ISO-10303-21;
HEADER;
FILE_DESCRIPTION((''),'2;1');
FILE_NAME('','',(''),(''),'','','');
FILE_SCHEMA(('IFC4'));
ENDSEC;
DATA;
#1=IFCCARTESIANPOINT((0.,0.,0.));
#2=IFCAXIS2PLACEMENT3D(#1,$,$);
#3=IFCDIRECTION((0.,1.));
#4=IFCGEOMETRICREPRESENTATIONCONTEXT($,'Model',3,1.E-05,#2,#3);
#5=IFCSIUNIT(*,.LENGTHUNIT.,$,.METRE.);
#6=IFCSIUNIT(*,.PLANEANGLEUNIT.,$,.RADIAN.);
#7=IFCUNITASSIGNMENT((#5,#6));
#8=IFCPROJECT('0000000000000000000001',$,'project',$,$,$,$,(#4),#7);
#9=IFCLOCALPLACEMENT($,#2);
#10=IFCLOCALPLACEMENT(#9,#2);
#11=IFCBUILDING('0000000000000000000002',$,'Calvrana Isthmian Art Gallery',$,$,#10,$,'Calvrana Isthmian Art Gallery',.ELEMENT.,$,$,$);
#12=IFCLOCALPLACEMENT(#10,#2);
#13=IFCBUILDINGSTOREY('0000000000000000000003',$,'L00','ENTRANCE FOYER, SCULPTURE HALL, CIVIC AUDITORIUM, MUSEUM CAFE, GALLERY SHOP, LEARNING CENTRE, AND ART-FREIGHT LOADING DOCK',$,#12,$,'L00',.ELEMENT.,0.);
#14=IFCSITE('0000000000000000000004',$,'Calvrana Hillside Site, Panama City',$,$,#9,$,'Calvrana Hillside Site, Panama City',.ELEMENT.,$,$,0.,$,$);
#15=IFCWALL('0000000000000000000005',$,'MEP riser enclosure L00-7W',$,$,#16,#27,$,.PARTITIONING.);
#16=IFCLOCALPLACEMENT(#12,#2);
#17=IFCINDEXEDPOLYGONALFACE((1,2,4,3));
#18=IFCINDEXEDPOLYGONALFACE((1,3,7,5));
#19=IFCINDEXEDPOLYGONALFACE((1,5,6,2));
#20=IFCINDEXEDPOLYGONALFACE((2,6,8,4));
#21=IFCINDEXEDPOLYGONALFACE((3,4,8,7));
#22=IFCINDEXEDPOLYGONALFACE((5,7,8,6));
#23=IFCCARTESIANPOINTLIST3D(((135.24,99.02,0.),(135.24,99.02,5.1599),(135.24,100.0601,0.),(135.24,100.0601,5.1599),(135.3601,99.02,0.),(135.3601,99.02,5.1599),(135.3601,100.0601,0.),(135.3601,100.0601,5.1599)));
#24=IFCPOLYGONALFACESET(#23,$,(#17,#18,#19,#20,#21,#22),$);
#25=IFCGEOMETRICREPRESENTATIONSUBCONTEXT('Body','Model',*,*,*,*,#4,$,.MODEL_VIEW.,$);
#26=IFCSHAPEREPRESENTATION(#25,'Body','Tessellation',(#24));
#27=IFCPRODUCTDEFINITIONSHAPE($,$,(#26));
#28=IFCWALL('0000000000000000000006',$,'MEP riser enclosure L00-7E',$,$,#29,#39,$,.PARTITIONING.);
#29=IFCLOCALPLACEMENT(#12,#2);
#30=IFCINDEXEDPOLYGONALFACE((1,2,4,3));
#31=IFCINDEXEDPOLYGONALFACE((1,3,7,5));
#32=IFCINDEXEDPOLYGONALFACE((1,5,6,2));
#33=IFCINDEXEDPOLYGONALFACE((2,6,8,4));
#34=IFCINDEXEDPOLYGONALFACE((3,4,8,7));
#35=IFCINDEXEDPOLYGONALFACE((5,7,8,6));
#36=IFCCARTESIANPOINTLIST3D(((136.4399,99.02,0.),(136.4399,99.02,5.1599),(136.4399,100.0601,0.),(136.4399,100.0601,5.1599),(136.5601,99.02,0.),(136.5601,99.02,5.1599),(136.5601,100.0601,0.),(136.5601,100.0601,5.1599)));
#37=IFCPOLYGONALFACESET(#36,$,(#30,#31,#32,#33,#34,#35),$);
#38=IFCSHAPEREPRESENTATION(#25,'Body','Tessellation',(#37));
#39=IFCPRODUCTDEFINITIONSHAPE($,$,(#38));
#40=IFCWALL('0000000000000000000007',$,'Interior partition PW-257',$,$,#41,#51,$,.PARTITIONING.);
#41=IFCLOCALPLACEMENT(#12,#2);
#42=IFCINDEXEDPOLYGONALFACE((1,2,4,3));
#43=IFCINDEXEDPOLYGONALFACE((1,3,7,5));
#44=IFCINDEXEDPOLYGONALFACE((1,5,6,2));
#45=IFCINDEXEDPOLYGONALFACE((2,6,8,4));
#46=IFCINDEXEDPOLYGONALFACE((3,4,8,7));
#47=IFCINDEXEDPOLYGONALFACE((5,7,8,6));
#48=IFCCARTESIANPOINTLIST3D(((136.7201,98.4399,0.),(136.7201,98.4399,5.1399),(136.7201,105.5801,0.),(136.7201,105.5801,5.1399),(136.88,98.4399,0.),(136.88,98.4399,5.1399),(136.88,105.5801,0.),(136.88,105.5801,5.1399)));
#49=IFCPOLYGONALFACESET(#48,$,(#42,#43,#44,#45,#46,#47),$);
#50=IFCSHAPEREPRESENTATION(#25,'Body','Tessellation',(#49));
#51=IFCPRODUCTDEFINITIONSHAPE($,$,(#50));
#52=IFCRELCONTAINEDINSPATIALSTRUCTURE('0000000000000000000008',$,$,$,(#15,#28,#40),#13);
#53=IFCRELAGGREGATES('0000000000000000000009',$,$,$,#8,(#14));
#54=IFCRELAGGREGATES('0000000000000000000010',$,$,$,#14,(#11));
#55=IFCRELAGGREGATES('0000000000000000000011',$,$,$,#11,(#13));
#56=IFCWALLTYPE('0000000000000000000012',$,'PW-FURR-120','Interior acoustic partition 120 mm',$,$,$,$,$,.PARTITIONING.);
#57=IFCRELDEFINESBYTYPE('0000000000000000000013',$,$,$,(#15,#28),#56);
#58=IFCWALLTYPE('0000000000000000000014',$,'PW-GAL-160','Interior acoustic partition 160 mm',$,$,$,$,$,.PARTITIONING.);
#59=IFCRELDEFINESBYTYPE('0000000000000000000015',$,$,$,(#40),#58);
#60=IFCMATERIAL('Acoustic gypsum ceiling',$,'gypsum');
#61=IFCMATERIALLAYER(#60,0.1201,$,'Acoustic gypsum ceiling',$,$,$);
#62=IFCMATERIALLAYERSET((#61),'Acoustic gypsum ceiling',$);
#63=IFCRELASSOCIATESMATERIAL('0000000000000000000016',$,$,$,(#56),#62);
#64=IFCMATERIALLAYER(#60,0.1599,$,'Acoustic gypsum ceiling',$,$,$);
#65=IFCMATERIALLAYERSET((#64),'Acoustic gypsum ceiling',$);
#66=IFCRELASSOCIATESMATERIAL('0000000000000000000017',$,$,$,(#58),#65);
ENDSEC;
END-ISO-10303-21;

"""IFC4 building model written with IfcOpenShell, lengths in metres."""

from ifc_helpers import new_model, si_unit, direction, frame, frame_2d, origin, place, context, subcontext, project, spatial, rectangle, extrude, material, layer, layer_set, type_object, element, save


model = new_model("IFC4")

# Units and contexts
model_context = context("Model", 3, precision=1e-05, world=origin(), true_north=direction((0.0, 1.0)))
body_context = subcontext(model_context, "Body", "Model", "MODEL_VIEW")
ifc_project = project(units=[si_unit("LENGTHUNIT", "METRE"), si_unit("PLANEANGLEUNIT", "RADIAN")], contexts=[model_context])

# Site, building, storey
site_placement = place(None, origin())
site = spatial("IfcSite", under=ifc_project, at=site_placement, Name="Calvrana Hillside Site, Panama City", LongName="Calvrana Hillside Site, Panama City", CompositionType="ELEMENT", RefElevation=0.0)
building_placement = place(site_placement, origin())
building = spatial("IfcBuilding", under=site, at=building_placement, Name="Calvrana Isthmian Art Gallery", LongName="Calvrana Isthmian Art Gallery", CompositionType="ELEMENT")
storey_placement = place(building_placement, origin())
storey = spatial("IfcBuildingStorey", under=building, at=storey_placement, Name="L00", Description="ENTRANCE FOYER, SCULPTURE HALL, CIVIC AUDITORIUM, MUSEUM CAFE, GALLERY SHOP, LEARNING CENTRE, AND ART-FREIGHT LOADING DOCK", LongName="L00", CompositionType="ELEMENT", Elevation=0.0)

# Walls
ifc_material_1 = material(Name="Acoustic gypsum ceiling", Category="gypsum")
ifc_layer_1 = layer(ifc_material_1, 0.1201, Name="Acoustic gypsum ceiling")
ifc_layer_set_1 = layer_set([ifc_layer_1], Name="Acoustic gypsum ceiling")
wall_type_1 = type_object("IfcWallType", Name="PW-FURR-120", Description="Interior acoustic partition 120 mm", PredefinedType="PARTITIONING", material=ifc_layer_set_1)
for number, where, z_axis, x_axis, name in (
    (1, (135.3, 99.02, 0.0), (0.0, 0.0, 1.0), (0.0, 1.0, 0.0), "MEP riser enclosure L00-7W"),
    (2, (136.5, 99.02, 0.0), (0.0, 0.0, 1.0), (0.0, 1.0, 0.0), "MEP riser enclosure L00-7E"),
):
    element("IfcWall", number, at=place(storey_placement, frame(where, z_axis=z_axis, x_axis=x_axis)), inside=storey, type_object=wall_type_1, Name=name, PredefinedType="PARTITIONING", context=body_context, shape_type="SweptSolid", body=[
        extrude(rectangle(XDim=1.04, YDim=0.1201, at=frame_2d((0.52, 0.0))), origin(), (0.0, 0.0, 1.0), 5.1599),
    ])
ifc_layer_2 = layer(ifc_material_1, 0.1599, Name="Acoustic gypsum ceiling")
ifc_layer_set_2 = layer_set([ifc_layer_2], Name="Acoustic gypsum ceiling")
wall_type_2 = type_object("IfcWallType", Name="PW-GAL-160", Description="Interior acoustic partition 160 mm", PredefinedType="PARTITIONING", material=ifc_layer_set_2)
wall_placement = place(storey_placement, frame((136.8, 98.4399, 0.0), z_axis=(0.0, 0.0, 1.0), x_axis=(0.0, 1.0, 0.0)))
element("IfcWall", 3, at=wall_placement, inside=storey, type_object=wall_type_2, Name="Interior partition PW-257", PredefinedType="PARTITIONING", context=body_context, shape_type="SweptSolid", body=[
    extrude(rectangle(XDim=7.1401, YDim=0.1599, at=frame_2d((3.5701, 0.0))), origin(), (0.0, 0.0, 1.0), 5.1399),
])

save(model, "model.ifc")
